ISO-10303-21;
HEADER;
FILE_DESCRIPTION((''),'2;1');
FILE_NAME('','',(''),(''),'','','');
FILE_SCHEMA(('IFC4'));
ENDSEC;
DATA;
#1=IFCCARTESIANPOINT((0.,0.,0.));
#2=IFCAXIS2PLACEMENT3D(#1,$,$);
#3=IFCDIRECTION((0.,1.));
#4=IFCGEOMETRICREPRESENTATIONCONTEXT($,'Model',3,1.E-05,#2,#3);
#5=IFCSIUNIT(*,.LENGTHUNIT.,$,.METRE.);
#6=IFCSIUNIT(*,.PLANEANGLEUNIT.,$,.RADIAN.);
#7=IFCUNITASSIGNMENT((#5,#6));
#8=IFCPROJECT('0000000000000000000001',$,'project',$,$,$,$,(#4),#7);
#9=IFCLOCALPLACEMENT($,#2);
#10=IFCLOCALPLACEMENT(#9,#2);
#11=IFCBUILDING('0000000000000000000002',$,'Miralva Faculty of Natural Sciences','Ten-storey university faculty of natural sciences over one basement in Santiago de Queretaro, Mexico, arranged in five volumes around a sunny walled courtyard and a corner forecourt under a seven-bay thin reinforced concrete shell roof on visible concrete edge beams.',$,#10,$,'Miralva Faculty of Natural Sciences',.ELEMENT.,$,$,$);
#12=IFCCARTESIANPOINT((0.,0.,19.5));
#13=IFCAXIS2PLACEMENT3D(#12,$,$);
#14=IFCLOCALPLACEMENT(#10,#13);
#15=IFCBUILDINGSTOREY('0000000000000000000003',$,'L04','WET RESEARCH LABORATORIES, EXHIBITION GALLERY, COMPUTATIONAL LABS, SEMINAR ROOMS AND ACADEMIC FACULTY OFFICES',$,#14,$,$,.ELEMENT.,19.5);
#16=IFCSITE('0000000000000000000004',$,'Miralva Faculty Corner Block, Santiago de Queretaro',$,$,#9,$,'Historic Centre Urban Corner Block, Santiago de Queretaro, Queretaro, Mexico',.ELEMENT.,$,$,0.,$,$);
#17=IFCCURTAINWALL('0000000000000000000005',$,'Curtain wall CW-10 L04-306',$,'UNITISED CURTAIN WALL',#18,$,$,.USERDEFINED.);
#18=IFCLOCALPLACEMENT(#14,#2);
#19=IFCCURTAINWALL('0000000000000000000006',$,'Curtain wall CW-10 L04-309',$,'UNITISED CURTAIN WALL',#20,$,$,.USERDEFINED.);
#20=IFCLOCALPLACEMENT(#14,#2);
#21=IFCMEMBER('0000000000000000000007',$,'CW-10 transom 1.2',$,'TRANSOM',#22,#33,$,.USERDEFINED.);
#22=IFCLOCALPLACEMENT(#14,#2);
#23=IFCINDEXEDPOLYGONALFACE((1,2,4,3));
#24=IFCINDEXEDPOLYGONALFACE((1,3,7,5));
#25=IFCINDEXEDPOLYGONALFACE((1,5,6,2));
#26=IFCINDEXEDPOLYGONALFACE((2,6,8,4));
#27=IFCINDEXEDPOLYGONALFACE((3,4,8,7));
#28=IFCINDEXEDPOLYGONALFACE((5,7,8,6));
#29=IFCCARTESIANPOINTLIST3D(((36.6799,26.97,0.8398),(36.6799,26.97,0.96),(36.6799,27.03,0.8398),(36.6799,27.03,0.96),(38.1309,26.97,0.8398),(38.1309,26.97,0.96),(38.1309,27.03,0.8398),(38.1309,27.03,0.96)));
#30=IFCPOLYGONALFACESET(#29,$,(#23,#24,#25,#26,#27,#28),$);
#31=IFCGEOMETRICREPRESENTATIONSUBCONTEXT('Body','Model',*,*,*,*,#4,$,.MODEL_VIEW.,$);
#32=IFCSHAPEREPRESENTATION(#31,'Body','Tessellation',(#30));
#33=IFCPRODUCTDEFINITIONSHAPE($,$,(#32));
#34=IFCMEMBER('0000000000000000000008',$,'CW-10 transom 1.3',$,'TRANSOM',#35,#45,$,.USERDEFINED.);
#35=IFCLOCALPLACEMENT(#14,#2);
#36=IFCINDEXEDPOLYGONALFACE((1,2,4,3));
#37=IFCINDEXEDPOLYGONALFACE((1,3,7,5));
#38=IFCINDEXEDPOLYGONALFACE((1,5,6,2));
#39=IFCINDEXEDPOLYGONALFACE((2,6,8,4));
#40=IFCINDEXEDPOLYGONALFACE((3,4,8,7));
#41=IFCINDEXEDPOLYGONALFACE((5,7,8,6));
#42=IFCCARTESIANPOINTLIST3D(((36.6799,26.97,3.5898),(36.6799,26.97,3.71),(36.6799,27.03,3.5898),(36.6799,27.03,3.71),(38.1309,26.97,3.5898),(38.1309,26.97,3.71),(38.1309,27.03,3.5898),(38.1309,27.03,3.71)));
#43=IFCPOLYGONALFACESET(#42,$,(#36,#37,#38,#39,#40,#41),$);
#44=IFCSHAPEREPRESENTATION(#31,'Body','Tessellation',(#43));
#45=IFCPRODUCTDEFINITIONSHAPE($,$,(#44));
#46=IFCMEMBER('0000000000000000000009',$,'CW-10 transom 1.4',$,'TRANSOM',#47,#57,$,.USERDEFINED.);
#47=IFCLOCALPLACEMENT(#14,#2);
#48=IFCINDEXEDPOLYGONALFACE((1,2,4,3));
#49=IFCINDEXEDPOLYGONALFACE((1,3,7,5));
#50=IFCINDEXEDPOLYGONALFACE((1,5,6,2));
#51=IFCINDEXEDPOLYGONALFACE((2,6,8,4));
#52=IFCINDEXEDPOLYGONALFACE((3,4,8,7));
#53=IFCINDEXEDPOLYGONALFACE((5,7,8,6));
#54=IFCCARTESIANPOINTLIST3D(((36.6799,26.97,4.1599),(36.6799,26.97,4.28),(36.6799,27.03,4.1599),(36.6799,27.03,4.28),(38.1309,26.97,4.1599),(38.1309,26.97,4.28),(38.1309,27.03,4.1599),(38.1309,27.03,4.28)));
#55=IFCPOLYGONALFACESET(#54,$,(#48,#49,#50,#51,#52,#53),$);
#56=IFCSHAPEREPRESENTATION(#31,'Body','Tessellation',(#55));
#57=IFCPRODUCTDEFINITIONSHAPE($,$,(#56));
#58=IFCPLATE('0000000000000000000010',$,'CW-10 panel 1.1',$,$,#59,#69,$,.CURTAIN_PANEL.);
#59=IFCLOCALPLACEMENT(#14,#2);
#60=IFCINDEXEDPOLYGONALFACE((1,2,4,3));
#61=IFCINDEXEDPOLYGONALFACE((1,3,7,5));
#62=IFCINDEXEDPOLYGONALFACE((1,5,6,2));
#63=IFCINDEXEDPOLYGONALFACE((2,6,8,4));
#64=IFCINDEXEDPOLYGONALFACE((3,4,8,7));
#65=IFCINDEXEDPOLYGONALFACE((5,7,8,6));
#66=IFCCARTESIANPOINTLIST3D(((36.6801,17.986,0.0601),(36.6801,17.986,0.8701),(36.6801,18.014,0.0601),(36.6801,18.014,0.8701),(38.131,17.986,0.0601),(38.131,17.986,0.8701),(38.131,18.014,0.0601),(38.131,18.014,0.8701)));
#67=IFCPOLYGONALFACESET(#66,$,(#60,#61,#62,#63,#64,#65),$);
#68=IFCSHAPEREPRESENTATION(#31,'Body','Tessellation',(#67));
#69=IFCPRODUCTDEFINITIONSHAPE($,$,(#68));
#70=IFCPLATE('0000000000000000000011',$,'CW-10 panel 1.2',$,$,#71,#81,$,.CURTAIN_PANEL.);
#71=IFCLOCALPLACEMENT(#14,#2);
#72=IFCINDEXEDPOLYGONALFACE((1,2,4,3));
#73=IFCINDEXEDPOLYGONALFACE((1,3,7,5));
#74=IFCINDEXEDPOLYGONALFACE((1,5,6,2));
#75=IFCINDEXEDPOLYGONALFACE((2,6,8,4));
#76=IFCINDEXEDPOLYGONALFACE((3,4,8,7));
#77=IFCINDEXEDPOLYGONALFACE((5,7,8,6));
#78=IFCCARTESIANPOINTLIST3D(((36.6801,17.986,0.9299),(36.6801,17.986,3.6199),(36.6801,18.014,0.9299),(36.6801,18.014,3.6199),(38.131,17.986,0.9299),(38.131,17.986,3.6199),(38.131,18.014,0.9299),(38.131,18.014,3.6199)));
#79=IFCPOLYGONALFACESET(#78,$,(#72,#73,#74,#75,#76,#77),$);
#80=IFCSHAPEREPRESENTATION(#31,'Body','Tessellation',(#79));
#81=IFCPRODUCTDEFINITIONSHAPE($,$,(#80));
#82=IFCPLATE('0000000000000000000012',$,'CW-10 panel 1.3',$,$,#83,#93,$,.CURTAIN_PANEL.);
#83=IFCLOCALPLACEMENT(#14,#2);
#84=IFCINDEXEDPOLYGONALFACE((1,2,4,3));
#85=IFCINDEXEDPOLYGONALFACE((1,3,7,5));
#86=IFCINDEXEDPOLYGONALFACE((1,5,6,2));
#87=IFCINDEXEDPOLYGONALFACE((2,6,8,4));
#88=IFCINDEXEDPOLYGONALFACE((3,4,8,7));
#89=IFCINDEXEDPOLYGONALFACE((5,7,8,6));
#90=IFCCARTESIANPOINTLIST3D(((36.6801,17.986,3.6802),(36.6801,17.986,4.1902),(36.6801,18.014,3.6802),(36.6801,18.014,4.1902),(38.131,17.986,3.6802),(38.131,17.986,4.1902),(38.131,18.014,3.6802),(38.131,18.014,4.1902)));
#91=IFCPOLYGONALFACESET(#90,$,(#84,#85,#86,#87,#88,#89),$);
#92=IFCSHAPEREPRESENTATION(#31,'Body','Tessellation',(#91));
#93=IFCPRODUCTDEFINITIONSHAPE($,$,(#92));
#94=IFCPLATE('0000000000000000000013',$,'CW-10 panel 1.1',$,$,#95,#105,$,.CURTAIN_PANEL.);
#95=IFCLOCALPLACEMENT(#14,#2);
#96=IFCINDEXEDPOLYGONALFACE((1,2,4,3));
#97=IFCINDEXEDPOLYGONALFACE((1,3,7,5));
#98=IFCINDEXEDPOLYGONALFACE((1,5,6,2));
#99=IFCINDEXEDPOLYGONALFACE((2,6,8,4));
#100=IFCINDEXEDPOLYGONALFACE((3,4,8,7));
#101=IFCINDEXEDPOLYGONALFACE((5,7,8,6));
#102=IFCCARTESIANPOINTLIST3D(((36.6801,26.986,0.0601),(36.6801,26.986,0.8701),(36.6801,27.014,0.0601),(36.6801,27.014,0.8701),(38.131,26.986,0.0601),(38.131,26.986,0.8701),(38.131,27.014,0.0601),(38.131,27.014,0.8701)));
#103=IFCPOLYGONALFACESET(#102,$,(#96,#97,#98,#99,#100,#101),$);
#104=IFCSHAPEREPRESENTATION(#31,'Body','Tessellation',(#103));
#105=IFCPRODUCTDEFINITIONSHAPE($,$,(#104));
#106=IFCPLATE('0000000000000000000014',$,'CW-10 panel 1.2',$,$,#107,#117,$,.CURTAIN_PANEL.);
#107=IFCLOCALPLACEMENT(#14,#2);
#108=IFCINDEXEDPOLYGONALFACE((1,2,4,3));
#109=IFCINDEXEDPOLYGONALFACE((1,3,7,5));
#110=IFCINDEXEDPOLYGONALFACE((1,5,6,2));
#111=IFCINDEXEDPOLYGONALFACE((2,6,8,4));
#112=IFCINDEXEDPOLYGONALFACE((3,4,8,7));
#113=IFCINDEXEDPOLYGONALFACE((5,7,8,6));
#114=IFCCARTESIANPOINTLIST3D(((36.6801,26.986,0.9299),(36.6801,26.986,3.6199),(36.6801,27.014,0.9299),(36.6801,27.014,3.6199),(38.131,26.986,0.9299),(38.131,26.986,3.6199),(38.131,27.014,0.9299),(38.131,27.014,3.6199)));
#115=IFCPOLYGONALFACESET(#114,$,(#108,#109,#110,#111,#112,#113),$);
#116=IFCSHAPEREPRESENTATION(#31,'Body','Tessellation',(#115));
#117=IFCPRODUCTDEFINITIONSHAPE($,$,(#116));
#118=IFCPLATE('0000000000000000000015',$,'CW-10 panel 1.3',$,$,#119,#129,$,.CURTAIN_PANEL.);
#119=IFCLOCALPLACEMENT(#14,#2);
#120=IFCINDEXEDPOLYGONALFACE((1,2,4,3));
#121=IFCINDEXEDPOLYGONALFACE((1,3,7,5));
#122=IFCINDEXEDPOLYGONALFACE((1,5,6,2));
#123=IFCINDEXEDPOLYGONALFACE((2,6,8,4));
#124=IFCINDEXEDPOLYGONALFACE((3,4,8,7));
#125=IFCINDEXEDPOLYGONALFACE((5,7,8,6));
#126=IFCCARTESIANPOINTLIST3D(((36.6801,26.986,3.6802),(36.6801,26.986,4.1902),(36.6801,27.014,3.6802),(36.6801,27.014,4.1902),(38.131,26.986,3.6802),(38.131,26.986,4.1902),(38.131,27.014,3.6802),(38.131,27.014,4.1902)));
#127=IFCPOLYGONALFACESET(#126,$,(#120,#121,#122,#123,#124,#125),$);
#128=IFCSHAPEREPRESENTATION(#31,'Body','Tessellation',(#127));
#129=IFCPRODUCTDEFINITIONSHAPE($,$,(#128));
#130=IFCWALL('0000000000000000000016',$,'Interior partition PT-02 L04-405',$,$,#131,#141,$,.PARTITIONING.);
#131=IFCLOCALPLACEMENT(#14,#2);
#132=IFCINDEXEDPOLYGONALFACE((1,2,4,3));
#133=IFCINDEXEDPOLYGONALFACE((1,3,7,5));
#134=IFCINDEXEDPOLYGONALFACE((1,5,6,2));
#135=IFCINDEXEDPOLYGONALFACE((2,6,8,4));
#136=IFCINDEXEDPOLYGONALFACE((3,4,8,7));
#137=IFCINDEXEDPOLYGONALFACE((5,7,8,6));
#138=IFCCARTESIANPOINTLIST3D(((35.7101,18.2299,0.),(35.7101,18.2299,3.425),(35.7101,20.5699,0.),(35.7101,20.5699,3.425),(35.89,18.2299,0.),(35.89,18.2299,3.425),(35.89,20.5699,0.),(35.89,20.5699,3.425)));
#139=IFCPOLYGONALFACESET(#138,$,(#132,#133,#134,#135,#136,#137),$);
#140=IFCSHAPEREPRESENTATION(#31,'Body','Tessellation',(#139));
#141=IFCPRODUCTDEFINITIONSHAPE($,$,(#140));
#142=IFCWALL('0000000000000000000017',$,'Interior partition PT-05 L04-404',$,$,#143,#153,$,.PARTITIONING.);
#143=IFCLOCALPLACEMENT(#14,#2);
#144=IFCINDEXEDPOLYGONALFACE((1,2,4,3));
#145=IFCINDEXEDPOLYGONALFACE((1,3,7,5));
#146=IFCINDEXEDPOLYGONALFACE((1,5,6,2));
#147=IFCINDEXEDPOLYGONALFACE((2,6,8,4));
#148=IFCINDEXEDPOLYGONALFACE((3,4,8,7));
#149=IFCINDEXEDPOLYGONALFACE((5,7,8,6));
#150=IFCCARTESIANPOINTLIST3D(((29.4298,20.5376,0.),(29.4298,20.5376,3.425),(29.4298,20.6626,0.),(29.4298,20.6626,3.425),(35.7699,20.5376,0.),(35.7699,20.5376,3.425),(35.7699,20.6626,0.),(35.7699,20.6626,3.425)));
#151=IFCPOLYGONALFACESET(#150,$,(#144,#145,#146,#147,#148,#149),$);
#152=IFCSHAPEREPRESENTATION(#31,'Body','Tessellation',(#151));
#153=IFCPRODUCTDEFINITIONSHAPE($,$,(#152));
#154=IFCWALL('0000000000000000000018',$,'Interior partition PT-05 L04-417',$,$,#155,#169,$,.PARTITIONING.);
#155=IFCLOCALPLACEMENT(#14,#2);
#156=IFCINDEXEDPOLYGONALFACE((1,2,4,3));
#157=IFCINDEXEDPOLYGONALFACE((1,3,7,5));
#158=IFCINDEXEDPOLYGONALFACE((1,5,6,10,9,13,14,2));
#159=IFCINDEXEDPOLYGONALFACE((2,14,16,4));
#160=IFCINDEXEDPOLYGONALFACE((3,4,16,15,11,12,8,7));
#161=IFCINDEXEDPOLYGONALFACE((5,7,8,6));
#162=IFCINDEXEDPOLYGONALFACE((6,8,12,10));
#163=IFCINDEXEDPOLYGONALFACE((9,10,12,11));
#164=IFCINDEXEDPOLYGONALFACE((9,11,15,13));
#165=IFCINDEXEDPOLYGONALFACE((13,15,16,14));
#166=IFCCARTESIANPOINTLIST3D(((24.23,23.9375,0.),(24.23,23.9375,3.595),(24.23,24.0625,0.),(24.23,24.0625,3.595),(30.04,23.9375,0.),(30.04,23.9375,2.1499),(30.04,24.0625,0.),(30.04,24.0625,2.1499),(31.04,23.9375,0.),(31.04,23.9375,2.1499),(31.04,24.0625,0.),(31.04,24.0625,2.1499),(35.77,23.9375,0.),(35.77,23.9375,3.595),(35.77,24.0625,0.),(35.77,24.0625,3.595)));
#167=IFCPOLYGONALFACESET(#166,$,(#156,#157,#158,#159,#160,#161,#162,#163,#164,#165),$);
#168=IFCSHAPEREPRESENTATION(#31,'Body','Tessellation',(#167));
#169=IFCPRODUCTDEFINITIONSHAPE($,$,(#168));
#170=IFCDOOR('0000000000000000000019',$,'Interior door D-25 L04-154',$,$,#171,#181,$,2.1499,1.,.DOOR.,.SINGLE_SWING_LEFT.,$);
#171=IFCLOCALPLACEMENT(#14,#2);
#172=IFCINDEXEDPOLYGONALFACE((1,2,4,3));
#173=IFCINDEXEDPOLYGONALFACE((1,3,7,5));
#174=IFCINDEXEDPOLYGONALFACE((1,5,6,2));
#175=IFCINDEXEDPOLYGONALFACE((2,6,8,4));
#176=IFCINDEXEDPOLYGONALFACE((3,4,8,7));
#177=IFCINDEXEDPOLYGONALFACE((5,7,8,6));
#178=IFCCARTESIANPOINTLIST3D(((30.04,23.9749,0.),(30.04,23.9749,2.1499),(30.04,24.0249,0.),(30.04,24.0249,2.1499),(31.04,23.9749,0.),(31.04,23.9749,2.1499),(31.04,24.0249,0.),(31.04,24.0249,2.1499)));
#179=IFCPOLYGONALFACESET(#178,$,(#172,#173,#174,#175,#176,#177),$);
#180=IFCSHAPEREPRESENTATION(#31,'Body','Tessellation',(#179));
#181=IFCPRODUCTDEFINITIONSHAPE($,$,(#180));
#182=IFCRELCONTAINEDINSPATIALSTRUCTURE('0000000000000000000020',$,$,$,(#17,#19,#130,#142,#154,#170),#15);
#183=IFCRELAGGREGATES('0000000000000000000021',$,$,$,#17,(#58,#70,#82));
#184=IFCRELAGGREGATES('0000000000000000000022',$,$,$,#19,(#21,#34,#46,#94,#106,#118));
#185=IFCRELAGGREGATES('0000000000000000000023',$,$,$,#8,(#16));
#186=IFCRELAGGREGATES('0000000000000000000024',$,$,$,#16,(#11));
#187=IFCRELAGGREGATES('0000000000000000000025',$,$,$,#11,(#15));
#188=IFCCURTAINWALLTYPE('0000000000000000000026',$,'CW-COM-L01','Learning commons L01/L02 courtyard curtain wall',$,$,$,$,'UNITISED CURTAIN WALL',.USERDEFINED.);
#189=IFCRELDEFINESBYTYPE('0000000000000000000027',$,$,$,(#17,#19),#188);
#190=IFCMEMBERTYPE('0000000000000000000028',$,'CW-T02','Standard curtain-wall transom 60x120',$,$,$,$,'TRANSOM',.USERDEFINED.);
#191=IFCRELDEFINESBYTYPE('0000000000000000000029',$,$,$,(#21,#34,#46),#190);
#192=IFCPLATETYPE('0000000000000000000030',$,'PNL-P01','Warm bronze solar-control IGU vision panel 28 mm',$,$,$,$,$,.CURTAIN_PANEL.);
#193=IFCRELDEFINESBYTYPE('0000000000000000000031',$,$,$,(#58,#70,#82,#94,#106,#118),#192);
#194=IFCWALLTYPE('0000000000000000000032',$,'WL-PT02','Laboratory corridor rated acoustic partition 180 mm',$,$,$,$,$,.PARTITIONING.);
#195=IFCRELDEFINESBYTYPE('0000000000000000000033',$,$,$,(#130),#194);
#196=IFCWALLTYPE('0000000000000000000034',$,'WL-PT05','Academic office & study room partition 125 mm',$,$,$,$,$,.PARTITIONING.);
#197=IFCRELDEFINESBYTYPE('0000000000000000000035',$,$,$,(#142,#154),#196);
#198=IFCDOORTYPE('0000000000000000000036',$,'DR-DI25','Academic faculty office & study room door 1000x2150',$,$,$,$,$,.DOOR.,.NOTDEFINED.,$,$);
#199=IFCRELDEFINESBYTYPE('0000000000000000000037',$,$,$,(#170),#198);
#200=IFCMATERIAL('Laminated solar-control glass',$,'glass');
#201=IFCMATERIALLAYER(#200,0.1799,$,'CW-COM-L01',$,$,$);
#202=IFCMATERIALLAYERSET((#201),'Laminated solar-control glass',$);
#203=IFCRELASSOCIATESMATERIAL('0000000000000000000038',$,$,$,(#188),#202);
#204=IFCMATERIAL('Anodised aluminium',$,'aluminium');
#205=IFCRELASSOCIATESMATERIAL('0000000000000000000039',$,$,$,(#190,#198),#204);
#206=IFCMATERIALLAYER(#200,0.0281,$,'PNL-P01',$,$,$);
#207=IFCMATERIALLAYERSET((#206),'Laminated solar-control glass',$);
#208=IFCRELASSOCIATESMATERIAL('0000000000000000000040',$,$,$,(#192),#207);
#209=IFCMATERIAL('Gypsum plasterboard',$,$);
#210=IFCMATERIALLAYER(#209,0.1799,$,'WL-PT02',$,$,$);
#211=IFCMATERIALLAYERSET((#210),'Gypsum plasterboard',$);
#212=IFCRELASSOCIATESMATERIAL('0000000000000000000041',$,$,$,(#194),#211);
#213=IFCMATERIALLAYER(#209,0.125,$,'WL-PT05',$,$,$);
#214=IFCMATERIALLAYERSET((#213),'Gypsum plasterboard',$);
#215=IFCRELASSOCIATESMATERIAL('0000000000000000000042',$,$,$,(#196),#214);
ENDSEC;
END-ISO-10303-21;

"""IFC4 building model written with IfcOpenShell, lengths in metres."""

from ifc_helpers import new_model, si_unit, direction, frame, frame_2d, origin, origin_2d, place, context, subcontext, project, spatial, rectangle, extrude, material, layer, layer_set, material_profile, profile_set, type_object, element, fill, aggregate, save


model = new_model("IFC4")

# Units and contexts
model_context = context("Model", 3, precision=1e-05, world=origin(), true_north=direction((0.0, 1.0)))
body_context = subcontext(model_context, "Body", "Model", "MODEL_VIEW")
ifc_project = project(units=[si_unit("LENGTHUNIT", "METRE"), si_unit("PLANEANGLEUNIT", "RADIAN")], contexts=[model_context])

# Site, building, storey
site_placement = place(None, origin())
site = spatial("IfcSite", under=ifc_project, at=site_placement, Name="Miralva Faculty Corner Block, Santiago de Queretaro", LongName="Historic Centre Urban Corner Block, Santiago de Queretaro, Queretaro, Mexico", CompositionType="ELEMENT", RefElevation=0.0)
building_placement = place(site_placement, origin())
building = spatial("IfcBuilding", under=site, at=building_placement, Name="Miralva Faculty of Natural Sciences", Description="Ten-storey university faculty of natural sciences over one basement in Santiago de Queretaro, Mexico, arranged in five volumes around a sunny walled courtyard and a corner forecourt under a seven-bay thin reinforced concrete shell roof on visible concrete edge beams.", LongName="Miralva Faculty of Natural Sciences", CompositionType="ELEMENT")
storey_placement = place(building_placement, frame((0.0, 0.0, 19.5)))
storey = spatial("IfcBuildingStorey", under=building, at=storey_placement, Name="L04", Description="WET RESEARCH LABORATORIES, EXHIBITION GALLERY, COMPUTATIONAL LABS, SEMINAR ROOMS AND ACADEMIC FACULTY OFFICES", CompositionType="ELEMENT", Elevation=19.5)

# Curtain wall
ifc_material_1 = material(Name="Laminated solar-control glass", Category="glass")
ifc_layer_1 = layer(ifc_material_1, 0.1799, Name="CW-COM-L01")
ifc_layer_set_1 = layer_set([ifc_layer_1], Name="Laminated solar-control glass")
curtain_wall_type = type_object("IfcCurtainWallType", Name="CW-COM-L01", Description="Learning commons L01/L02 courtyard curtain wall", ElementType="UNITISED CURTAIN WALL", PredefinedType="USERDEFINED", material=ifc_layer_set_1)
curtain_wall_1_placement = place(storey_placement, origin())
curtain_wall_1 = element("IfcCurtainWall", 1, at=curtain_wall_1_placement, inside=storey, type_object=curtain_wall_type, Name="Curtain wall CW-10 L04-306", ObjectType="UNITISED CURTAIN WALL", PredefinedType="USERDEFINED")
ifc_material_2 = material(Name="Anodised aluminium", Category="aluminium")

# Curtain wall
curtain_wall_2_placement = place(storey_placement, origin())
curtain_wall_2 = element("IfcCurtainWall", 2, at=curtain_wall_2_placement, inside=storey, type_object=curtain_wall_type, Name="Curtain wall CW-10 L04-309", ObjectType="UNITISED CURTAIN WALL", PredefinedType="USERDEFINED")

# Members
ifc_material_profile_1 = material_profile(ifc_material_2, rectangle(XDim=0.0601, YDim=0.1201, at=origin_2d()), Name="TRANSOM 60x120")
ifc_profile_set_1 = profile_set([ifc_material_profile_1], Name="Anodised aluminium")
member_type_1 = type_object("IfcMemberType", Name="CW-T02", Description="Standard curtain-wall transom 60x120", ElementType="TRANSOM", PredefinedType="USERDEFINED", material=ifc_profile_set_1)
member_1_placement = place(storey_placement, frame((36.6799, 27.0, 0.8999), z_axis=(1.0, 0.0, 0.0), x_axis=(0.0, 1.0, 0.0)))
member_1 = element("IfcMember", 3, at=member_1_placement, type_object=member_type_1, Name="CW-10 transom 1.2", ObjectType="TRANSOM", PredefinedType="USERDEFINED", context=body_context, shape_type="SweptSolid", body=[
    extrude(rectangle(XDim=0.0601, YDim=0.1201, at=origin_2d()), origin(), (0.0, 0.0, 1.0), 1.4509),
])
member_2_placement = place(storey_placement, frame((36.6799, 27.0, 3.6499), z_axis=(1.0, 0.0, 0.0), x_axis=(0.0, 1.0, 0.0)))
member_2 = element("IfcMember", 4, at=member_2_placement, type_object=member_type_1, Name="CW-10 transom 1.3", ObjectType="TRANSOM", PredefinedType="USERDEFINED", context=body_context, shape_type="SweptSolid", body=[
    extrude(rectangle(XDim=0.0601, YDim=0.1201, at=origin_2d()), origin(), (0.0, 0.0, 1.0), 1.4509),
])
member_3_placement = place(storey_placement, frame((36.6799, 27.0, 4.22), z_axis=(1.0, 0.0, 0.0), x_axis=(0.0, 1.0, 0.0)))
member_3 = element("IfcMember", 5, at=member_3_placement, type_object=member_type_1, Name="CW-10 transom 1.4", ObjectType="TRANSOM", PredefinedType="USERDEFINED", context=body_context, shape_type="SweptSolid", body=[
    extrude(rectangle(XDim=0.0601, YDim=0.1201, at=origin_2d()), origin(), (0.0, 0.0, 1.0), 1.4509),
])

# Plates
ifc_layer_2 = layer(ifc_material_1, 0.0281, Name="PNL-P01")
ifc_layer_set_2 = layer_set([ifc_layer_2], Name="Laminated solar-control glass")
plate_type = type_object("IfcPlateType", Name="PNL-P01", Description="Warm bronze solar-control IGU vision panel 28 mm", PredefinedType="CURTAIN_PANEL", material=ifc_layer_set_2)
plate_1_placement = place(storey_placement, frame((37.4055, 18.0, 0.0601), z_axis=(0.0, 0.0, 1.0), x_axis=(1.0, 0.0, 0.0)))
plate_1 = element("IfcPlate", 6, at=plate_1_placement, type_object=plate_type, Name="CW-10 panel 1.1", PredefinedType="CURTAIN_PANEL", context=body_context, shape_type="SweptSolid", body=[
    extrude(rectangle(XDim=1.4509, YDim=0.0281, at=origin_2d()), origin(), (0.0, 0.0, 1.0), 0.8101),
])
plate_2_placement = place(storey_placement, frame((37.4055, 18.0, 0.9299), z_axis=(0.0, 0.0, 1.0), x_axis=(1.0, 0.0, 0.0)))
plate_2 = element("IfcPlate", 7, at=plate_2_placement, type_object=plate_type, Name="CW-10 panel 1.2", PredefinedType="CURTAIN_PANEL", context=body_context, shape_type="SweptSolid", body=[
    extrude(rectangle(XDim=1.4509, YDim=0.0281, at=origin_2d()), origin(), (0.0, 0.0, 1.0), 2.6899),
])
plate_3_placement = place(storey_placement, frame((37.4055, 18.0, 3.6802), z_axis=(0.0, 0.0, 1.0), x_axis=(1.0, 0.0, 0.0)))
plate_3 = element("IfcPlate", 8, at=plate_3_placement, type_object=plate_type, Name="CW-10 panel 1.3", PredefinedType="CURTAIN_PANEL", context=body_context, shape_type="SweptSolid", body=[
    extrude(rectangle(XDim=1.4509, YDim=0.0281, at=origin_2d()), origin(), (0.0, 0.0, 1.0), 0.51),
])
aggregate(curtain_wall_1, [plate_1, plate_2, plate_3])
plate_4_placement = place(storey_placement, frame((37.4055, 27.0, 0.0601), z_axis=(0.0, 0.0, 1.0), x_axis=(1.0, 0.0, 0.0)))
plate_4 = element("IfcPlate", 9, at=plate_4_placement, type_object=plate_type, Name="CW-10 panel 1.1", PredefinedType="CURTAIN_PANEL", context=body_context, shape_type="SweptSolid", body=[
    extrude(rectangle(XDim=1.4509, YDim=0.0281, at=origin_2d()), origin(), (0.0, 0.0, 1.0), 0.8101),
])
plate_5_placement = place(storey_placement, frame((37.4055, 27.0, 0.9299), z_axis=(0.0, 0.0, 1.0), x_axis=(1.0, 0.0, 0.0)))
plate_5 = element("IfcPlate", 10, at=plate_5_placement, type_object=plate_type, Name="CW-10 panel 1.2", PredefinedType="CURTAIN_PANEL", context=body_context, shape_type="SweptSolid", body=[
    extrude(rectangle(XDim=1.4509, YDim=0.0281, at=origin_2d()), origin(), (0.0, 0.0, 1.0), 2.6899),
])
plate_6_placement = place(storey_placement, frame((37.4055, 27.0, 3.6802), z_axis=(0.0, 0.0, 1.0), x_axis=(1.0, 0.0, 0.0)))
plate_6 = element("IfcPlate", 11, at=plate_6_placement, type_object=plate_type, Name="CW-10 panel 1.3", PredefinedType="CURTAIN_PANEL", context=body_context, shape_type="SweptSolid", body=[
    extrude(rectangle(XDim=1.4509, YDim=0.0281, at=origin_2d()), origin(), (0.0, 0.0, 1.0), 0.51),
])
aggregate(curtain_wall_2, [member_1, member_2, member_3, plate_4, plate_5, plate_6])

# Walls
ifc_material_3 = material(Name="Gypsum plasterboard")
ifc_layer_3 = layer(ifc_material_3, 0.1799, Name="WL-PT02")
ifc_layer_set_3 = layer_set([ifc_layer_3], Name="Gypsum plasterboard")
wall_type_1 = type_object("IfcWallType", Name="WL-PT02", Description="Laboratory corridor rated acoustic partition 180 mm", PredefinedType="PARTITIONING", material=ifc_layer_set_3)
wall_1_placement = place(storey_placement, frame((35.8, 18.23, 0.0), z_axis=(0.0, 0.0, 1.0), x_axis=(0.0, 1.0, 0.0)))
element("IfcWall", 12, at=wall_1_placement, inside=storey, type_object=wall_type_1, Name="Interior partition PT-02 L04-405", PredefinedType="PARTITIONING", context=body_context, shape_type="SweptSolid", body=[
    extrude(rectangle(XDim=2.3401, YDim=0.1799, at=frame_2d((1.1699, 0.0))), origin(), (0.0, 0.0, 1.0), 3.425),
])
ifc_layer_4 = layer(ifc_material_3, 0.125, Name="WL-PT05")
ifc_layer_set_4 = layer_set([ifc_layer_4], Name="Gypsum plasterboard")
wall_type_2 = type_object("IfcWallType", Name="WL-PT05", Description="Academic office & study room partition 125 mm", PredefinedType="PARTITIONING", material=ifc_layer_set_4)
wall_2_placement = place(storey_placement, frame((29.4299, 20.6001, 0.0), z_axis=(0.0, 0.0, 1.0), x_axis=(1.0, 0.0, 0.0)))
element("IfcWall", 13, at=wall_2_placement, inside=storey, type_object=wall_type_2, Name="Interior partition PT-05 L04-404", PredefinedType="PARTITIONING", context=body_context, shape_type="SweptSolid", body=[
    extrude(rectangle(XDim=6.3401, YDim=0.125, at=frame_2d((3.1699, 0.0))), origin(), (0.0, 0.0, 1.0), 3.425),
])

# Wall, opening, door
wall_3_placement = place(storey_placement, frame((24.23, 24.0, 0.0), z_axis=(0.0, 0.0, 1.0), x_axis=(1.0, 0.0, 0.0)))
wall_3 = element("IfcWall", 14, at=wall_3_placement, inside=storey, type_object=wall_type_2, Name="Interior partition PT-05 L04-417", PredefinedType="PARTITIONING", context=body_context, shape_type="SweptSolid", body=[
    extrude(rectangle(XDim=11.54, YDim=0.125, at=frame_2d((5.77, 0.0))), origin(), (0.0, 0.0, 1.0), 3.595),
])
opening_placement = place(wall_3_placement, frame((5.8101, 0.0, 0.0)))
opening = element("IfcOpeningElement", 15, at=opening_placement, cuts=wall_3, PredefinedType="OPENING", context=body_context, shape_type="SweptSolid", body=[
    extrude(rectangle(XDim=1.0, YDim=2.1499, at=frame_2d((0.5, 1.075))), frame((0.0, 0.0725, 0.0), z_axis=(0.0, -1.0, 0.0), x_axis=(1.0, 0.0, 0.0)), (0.0, 0.0, 1.0), 0.145),
])
door_type = type_object("IfcDoorType", Name="DR-DI25", Description="Academic faculty office & study room door 1000x2150", OperationType="NOTDEFINED", PredefinedType="DOOR", material=ifc_material_2)
door_placement = place(opening_placement, origin())
door = element("IfcDoor", 16, at=door_placement, inside=storey, type_object=door_type, Name="Interior door D-25 L04-154", OperationType="SINGLE_SWING_LEFT", OverallHeight=2.1499, OverallWidth=1.0, PredefinedType="DOOR", context=body_context, shape_type="SweptSolid", body=[
    extrude(rectangle(XDim=1.0, YDim=2.1499, at=frame_2d((0.5, 1.075))), frame((0.0, 0.0249, 0.0), z_axis=(0.0, -1.0, 0.0), x_axis=(1.0, 0.0, 0.0)), (0.0, 0.0, 1.0), 0.05),
])
fill(opening, door)

save(model, "model.ifc")
